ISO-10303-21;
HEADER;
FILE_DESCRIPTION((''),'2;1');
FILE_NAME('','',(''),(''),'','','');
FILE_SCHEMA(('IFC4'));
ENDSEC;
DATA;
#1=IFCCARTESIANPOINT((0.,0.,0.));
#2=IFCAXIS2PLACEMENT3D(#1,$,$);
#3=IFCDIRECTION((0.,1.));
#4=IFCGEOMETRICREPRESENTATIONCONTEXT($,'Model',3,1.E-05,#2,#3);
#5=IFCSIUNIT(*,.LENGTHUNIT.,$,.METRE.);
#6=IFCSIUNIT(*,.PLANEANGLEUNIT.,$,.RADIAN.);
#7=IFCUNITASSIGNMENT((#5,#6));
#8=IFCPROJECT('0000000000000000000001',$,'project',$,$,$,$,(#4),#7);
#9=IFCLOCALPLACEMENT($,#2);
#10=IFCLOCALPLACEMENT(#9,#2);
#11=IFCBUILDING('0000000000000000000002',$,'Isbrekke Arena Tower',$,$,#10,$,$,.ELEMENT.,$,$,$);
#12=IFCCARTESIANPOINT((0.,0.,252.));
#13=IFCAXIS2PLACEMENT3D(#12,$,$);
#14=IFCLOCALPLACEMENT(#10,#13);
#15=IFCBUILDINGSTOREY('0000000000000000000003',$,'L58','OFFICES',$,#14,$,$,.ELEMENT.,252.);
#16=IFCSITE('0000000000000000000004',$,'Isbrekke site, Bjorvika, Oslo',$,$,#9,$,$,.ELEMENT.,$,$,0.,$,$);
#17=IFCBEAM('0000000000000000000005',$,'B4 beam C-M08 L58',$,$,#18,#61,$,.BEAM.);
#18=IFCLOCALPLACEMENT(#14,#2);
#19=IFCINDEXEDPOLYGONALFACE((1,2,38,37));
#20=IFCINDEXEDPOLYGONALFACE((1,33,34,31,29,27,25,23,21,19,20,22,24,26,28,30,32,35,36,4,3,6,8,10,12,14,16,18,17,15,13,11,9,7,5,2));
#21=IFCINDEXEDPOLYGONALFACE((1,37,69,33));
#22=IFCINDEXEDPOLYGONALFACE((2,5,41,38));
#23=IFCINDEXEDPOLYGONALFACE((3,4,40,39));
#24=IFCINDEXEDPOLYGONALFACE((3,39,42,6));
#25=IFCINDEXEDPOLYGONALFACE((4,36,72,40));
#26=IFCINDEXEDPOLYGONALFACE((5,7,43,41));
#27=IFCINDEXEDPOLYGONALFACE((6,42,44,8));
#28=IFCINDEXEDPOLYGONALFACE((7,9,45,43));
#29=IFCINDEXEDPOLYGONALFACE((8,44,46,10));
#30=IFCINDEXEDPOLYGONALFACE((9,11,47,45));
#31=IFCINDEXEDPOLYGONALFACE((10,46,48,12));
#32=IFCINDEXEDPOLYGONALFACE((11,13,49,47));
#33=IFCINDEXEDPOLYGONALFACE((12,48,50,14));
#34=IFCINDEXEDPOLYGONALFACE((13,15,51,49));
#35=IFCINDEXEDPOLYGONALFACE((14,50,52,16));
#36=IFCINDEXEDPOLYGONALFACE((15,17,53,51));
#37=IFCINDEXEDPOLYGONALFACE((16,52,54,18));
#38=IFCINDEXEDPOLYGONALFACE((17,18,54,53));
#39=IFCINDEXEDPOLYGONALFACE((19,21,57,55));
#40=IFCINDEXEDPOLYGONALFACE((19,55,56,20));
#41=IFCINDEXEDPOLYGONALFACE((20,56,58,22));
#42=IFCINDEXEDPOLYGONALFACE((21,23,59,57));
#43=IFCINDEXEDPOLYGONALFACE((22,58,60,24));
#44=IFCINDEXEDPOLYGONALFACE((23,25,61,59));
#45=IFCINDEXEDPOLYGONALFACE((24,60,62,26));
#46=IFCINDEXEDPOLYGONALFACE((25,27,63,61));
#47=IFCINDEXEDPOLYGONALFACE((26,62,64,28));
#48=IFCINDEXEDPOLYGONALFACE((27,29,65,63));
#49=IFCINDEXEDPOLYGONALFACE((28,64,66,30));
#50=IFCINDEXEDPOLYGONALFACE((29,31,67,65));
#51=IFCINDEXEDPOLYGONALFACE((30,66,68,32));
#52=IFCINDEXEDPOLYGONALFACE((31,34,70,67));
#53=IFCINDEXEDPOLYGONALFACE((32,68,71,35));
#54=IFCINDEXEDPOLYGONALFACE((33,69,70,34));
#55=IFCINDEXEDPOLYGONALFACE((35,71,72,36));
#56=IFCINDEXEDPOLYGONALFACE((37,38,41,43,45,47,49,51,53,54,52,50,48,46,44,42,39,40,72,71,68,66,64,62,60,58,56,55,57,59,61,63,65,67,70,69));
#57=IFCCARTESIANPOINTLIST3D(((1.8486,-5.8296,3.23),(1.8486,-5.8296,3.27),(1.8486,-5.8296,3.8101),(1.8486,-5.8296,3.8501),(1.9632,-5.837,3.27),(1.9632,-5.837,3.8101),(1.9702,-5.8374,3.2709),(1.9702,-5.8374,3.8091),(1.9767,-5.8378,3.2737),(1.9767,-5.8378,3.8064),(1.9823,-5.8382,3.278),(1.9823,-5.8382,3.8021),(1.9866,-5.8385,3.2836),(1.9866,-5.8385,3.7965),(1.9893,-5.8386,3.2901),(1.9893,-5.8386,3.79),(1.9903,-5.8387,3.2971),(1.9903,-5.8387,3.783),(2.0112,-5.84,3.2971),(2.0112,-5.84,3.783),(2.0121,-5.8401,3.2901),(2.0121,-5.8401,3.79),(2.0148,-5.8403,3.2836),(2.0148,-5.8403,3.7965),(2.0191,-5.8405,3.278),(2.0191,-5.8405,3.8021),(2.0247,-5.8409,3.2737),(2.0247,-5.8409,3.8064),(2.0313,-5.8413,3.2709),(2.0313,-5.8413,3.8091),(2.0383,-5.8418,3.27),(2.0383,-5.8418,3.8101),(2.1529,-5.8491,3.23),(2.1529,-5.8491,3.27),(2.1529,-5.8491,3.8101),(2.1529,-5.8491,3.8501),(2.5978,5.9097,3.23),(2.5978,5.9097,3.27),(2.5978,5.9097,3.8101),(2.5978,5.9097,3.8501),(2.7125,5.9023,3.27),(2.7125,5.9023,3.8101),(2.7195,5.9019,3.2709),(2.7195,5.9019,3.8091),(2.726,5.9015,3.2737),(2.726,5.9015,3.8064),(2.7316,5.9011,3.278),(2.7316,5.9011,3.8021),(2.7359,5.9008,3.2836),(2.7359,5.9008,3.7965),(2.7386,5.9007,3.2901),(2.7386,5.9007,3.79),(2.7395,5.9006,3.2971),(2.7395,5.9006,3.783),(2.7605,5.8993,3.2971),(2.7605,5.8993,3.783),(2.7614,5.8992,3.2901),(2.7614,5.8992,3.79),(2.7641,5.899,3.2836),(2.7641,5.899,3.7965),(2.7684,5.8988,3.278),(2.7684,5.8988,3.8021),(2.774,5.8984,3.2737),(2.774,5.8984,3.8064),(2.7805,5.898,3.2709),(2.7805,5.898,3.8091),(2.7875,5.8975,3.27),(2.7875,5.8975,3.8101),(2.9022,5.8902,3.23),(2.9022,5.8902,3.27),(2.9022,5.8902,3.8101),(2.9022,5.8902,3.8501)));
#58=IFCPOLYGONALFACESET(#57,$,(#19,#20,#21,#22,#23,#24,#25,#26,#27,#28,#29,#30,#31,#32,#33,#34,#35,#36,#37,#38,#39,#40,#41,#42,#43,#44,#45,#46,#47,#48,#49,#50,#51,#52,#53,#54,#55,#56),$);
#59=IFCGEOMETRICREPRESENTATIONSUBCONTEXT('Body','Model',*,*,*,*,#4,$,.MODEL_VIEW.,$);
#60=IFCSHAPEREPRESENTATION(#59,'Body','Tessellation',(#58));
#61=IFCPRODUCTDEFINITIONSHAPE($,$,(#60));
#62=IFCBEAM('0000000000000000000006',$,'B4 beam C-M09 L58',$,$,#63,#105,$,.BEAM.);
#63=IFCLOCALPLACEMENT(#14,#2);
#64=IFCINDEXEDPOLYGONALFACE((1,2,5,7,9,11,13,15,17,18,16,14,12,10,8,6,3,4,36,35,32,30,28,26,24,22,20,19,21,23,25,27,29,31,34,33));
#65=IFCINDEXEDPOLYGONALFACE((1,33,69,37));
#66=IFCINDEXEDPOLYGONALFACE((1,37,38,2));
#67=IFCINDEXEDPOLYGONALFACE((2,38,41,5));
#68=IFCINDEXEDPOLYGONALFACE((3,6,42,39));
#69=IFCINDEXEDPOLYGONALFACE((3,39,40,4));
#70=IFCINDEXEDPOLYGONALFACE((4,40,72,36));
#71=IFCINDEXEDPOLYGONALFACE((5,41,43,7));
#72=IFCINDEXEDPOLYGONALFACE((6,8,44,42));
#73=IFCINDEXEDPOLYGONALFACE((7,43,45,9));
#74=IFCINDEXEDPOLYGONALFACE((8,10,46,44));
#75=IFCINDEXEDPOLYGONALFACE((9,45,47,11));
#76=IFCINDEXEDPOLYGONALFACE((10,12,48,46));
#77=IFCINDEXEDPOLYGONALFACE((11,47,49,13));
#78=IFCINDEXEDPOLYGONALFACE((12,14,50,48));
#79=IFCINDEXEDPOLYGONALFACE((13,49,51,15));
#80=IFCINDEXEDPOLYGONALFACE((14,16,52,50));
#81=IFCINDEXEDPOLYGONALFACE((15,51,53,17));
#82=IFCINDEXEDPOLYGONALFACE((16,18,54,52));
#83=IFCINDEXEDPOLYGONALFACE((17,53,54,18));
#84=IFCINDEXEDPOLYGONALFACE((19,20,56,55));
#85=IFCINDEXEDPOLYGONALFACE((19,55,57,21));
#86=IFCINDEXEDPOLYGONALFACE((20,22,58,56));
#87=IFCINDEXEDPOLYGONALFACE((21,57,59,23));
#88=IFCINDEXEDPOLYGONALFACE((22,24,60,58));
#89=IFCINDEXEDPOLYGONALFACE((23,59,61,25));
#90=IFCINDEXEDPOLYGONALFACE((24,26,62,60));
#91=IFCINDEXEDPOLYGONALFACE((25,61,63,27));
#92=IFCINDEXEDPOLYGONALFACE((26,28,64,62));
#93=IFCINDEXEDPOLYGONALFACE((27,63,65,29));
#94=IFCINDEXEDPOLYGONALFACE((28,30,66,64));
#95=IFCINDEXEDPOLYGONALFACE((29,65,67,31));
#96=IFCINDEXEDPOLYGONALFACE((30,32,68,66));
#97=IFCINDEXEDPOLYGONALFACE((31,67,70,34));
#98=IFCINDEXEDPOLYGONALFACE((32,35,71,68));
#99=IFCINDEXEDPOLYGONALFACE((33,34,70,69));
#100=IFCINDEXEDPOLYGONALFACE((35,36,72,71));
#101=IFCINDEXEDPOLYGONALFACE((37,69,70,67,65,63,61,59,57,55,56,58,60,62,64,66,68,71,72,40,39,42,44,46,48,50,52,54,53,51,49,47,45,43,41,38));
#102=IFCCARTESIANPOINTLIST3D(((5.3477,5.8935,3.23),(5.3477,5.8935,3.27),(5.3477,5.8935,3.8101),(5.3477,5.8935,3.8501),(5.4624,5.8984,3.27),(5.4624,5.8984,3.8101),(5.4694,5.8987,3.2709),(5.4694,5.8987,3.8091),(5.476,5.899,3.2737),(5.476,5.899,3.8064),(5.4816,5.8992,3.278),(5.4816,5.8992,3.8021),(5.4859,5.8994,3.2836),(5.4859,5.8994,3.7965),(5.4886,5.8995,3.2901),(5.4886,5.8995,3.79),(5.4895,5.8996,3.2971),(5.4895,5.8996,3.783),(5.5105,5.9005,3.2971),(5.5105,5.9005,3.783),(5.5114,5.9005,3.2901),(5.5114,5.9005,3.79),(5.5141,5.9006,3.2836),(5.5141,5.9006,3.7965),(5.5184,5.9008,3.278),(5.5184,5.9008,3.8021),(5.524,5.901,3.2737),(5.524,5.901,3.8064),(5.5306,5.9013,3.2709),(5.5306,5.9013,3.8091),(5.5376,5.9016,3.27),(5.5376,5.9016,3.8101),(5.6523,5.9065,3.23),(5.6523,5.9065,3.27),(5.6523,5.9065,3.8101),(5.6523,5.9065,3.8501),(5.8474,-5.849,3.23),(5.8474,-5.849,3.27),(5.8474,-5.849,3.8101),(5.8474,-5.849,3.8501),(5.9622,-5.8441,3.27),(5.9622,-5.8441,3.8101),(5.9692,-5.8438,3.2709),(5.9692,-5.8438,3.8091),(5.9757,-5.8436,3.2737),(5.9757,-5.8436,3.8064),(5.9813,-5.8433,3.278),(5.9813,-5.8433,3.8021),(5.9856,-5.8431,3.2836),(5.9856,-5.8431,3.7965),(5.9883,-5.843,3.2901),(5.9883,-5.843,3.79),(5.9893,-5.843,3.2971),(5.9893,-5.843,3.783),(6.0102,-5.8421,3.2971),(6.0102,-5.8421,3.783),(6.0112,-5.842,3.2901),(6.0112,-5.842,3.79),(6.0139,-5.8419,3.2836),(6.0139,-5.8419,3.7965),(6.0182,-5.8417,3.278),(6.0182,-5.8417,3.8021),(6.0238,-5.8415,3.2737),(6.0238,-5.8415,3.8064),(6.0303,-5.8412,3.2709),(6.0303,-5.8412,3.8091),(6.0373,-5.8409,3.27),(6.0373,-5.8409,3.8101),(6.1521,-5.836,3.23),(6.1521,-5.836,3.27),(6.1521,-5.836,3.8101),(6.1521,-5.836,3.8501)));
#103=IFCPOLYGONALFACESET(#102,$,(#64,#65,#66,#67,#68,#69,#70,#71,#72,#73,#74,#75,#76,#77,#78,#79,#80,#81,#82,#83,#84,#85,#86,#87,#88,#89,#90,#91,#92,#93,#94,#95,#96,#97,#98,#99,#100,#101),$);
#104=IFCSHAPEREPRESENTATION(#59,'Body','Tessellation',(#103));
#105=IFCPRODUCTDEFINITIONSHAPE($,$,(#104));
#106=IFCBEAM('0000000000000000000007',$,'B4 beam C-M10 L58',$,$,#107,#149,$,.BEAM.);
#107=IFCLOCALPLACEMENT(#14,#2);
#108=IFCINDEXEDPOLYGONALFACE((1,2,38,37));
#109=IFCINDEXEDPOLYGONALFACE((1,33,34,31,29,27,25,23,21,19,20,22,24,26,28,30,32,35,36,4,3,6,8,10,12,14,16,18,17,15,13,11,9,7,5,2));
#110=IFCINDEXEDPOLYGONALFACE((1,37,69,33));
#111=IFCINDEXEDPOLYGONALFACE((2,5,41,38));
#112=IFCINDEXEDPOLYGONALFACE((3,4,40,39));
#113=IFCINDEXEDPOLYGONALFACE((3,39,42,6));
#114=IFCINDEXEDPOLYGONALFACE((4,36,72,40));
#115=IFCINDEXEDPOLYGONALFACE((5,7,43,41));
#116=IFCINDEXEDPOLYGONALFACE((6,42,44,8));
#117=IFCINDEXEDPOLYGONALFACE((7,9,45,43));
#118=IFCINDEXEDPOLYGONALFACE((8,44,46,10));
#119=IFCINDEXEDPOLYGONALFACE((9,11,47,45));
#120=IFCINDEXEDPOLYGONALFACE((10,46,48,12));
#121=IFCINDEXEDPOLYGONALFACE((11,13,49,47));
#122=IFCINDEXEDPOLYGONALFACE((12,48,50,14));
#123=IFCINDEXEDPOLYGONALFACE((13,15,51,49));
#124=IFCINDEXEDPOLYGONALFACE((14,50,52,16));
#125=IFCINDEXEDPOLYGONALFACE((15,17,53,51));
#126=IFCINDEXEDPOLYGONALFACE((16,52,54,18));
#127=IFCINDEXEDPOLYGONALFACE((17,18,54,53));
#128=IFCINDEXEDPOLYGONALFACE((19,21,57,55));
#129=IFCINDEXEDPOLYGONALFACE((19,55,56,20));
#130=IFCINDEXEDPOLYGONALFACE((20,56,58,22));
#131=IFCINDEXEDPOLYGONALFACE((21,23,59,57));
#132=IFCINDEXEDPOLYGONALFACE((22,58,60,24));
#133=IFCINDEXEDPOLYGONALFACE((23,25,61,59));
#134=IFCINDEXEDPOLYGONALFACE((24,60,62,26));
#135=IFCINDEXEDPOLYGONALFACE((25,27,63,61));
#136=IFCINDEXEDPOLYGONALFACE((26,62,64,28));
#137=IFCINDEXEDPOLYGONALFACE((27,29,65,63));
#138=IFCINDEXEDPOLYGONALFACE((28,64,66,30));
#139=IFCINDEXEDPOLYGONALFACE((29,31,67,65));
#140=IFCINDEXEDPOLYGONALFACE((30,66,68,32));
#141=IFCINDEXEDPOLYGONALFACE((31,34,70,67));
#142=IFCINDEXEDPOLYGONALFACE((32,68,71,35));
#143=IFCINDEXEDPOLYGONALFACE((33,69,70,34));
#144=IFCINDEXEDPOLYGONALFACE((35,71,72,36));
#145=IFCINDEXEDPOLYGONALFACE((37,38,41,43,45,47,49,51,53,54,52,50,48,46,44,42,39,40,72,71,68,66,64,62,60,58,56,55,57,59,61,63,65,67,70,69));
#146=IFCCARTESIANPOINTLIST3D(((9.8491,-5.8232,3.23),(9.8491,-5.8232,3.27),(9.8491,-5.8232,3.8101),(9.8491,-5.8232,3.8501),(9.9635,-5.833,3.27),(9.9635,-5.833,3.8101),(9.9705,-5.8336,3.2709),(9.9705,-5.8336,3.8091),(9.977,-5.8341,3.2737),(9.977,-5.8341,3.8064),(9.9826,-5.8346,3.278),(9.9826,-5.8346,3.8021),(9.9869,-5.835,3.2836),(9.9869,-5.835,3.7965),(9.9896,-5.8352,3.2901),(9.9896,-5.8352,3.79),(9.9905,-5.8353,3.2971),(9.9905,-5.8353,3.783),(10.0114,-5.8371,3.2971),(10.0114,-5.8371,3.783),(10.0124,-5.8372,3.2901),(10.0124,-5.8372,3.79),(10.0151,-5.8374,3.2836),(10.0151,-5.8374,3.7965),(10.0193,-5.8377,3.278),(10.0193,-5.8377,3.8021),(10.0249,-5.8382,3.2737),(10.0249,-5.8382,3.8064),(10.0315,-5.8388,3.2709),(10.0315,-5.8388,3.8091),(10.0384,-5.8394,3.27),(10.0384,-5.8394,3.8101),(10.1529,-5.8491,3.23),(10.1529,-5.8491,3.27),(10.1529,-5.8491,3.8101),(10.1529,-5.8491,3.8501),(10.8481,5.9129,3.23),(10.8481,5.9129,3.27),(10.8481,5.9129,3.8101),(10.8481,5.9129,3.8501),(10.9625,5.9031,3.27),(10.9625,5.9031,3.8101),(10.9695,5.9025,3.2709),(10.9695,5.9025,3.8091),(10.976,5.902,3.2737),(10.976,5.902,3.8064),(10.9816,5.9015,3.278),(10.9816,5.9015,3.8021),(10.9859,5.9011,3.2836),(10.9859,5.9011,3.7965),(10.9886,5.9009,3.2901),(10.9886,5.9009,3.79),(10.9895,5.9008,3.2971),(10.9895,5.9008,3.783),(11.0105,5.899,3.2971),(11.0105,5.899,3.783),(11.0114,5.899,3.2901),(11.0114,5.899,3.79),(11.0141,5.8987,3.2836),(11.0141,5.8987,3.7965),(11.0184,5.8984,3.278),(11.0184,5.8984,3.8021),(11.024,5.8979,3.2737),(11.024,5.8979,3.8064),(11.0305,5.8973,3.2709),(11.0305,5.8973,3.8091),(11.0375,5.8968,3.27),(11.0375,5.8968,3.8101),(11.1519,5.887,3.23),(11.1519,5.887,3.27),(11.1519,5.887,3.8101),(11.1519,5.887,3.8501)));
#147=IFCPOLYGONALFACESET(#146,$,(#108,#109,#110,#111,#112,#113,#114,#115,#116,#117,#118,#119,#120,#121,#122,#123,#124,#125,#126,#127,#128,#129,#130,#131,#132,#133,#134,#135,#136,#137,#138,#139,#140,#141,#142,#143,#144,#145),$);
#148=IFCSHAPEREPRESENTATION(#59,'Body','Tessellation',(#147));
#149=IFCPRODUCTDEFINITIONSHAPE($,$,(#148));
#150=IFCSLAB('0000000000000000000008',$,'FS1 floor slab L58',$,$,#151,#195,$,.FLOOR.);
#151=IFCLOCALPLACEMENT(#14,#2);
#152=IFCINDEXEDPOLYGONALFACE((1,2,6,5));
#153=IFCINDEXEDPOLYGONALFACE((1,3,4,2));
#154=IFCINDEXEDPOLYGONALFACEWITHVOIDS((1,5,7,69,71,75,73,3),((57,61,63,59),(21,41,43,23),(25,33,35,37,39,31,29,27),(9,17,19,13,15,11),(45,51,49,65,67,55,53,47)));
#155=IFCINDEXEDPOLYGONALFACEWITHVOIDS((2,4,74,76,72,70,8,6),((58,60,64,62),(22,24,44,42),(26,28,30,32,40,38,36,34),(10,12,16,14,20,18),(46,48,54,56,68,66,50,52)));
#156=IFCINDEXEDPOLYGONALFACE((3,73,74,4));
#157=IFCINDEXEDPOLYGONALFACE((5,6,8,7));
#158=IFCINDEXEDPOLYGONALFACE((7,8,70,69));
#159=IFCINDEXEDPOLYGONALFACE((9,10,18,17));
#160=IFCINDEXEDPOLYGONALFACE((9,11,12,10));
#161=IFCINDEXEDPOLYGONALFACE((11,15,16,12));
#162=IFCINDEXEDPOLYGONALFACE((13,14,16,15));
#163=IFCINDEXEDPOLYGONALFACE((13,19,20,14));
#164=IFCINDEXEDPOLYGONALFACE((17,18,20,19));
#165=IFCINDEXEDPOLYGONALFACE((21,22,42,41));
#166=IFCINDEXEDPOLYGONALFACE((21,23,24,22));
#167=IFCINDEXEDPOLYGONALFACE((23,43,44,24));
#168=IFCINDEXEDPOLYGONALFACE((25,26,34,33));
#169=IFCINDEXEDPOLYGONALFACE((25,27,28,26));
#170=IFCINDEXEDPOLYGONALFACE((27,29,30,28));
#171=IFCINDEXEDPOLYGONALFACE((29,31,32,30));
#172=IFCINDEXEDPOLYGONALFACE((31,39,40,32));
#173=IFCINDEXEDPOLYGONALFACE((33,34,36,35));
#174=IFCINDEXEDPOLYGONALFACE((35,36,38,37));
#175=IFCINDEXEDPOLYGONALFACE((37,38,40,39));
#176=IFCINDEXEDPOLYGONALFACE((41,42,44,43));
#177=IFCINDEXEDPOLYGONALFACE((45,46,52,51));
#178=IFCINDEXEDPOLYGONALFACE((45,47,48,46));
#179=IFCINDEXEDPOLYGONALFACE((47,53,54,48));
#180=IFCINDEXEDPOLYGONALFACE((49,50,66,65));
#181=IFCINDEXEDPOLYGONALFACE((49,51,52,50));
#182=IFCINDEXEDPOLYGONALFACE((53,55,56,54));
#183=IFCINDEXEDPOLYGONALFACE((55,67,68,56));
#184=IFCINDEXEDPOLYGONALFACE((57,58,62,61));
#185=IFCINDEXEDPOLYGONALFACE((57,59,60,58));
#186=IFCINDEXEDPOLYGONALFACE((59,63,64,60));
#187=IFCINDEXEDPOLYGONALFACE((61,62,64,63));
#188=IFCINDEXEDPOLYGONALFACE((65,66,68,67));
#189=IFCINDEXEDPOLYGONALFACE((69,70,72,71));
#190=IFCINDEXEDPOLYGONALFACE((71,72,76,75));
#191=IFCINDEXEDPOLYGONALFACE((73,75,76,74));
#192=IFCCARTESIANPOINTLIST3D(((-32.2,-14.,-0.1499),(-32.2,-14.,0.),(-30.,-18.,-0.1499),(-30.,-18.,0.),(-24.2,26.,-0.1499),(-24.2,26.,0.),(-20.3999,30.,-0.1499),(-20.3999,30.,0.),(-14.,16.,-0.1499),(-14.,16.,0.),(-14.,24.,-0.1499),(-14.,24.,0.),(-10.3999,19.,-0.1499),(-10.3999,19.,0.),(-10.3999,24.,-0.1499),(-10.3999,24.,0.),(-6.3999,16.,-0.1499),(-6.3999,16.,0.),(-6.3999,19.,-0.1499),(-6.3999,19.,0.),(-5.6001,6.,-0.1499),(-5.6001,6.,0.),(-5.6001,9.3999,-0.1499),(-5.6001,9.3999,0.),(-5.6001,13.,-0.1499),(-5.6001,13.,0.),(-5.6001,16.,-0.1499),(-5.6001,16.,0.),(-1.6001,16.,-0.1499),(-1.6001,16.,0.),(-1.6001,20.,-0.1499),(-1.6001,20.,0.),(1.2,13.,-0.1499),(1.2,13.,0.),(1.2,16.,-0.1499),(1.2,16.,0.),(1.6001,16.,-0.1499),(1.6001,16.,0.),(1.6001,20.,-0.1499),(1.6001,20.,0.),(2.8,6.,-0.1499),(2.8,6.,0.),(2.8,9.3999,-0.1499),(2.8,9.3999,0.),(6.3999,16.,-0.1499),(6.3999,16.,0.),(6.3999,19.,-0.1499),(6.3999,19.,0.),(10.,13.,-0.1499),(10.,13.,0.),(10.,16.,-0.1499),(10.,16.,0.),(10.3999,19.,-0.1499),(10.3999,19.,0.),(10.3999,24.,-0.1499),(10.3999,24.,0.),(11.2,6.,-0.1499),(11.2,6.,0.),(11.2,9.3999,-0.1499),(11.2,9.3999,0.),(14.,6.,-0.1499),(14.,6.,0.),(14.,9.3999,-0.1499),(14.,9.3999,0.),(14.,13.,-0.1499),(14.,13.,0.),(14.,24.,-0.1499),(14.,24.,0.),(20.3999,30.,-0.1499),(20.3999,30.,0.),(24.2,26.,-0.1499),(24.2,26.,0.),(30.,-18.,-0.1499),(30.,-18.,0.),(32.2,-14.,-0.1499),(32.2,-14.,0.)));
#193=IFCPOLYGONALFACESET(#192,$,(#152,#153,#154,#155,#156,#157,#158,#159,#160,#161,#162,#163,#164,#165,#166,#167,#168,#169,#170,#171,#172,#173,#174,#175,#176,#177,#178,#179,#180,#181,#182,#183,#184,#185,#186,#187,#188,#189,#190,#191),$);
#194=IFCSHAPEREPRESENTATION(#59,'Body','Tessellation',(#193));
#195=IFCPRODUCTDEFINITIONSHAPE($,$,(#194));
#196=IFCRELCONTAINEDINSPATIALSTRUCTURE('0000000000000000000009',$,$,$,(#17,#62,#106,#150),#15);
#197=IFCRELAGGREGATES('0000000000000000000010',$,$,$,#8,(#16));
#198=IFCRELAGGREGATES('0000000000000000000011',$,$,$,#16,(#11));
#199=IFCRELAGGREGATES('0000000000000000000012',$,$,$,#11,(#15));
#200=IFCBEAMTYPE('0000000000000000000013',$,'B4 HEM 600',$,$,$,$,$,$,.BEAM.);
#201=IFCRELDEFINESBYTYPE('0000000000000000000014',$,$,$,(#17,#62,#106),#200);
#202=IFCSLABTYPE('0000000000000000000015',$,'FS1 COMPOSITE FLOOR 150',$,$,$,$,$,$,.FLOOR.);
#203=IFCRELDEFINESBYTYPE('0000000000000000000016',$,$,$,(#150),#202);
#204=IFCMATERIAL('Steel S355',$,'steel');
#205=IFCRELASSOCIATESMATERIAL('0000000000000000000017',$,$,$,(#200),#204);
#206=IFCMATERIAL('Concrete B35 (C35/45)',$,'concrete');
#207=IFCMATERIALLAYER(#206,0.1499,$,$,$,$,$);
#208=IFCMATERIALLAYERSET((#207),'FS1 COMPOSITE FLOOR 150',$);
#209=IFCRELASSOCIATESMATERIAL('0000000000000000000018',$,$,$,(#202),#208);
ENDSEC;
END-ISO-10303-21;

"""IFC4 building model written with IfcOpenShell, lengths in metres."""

from ifc_helpers import new_model, si_unit, direction, frame, origin, origin_2d, place, context, subcontext, project, spatial, polyline, i_section, outline, extrude, material, layer, layer_set, material_profile, profile_set, type_object, element, save


model = new_model("IFC4")

# Units and contexts
model_context = context("Model", 3, precision=1e-05, world=origin(), true_north=direction((0.0, 1.0)))
body_context = subcontext(model_context, "Body", "Model", "MODEL_VIEW")
ifc_project = project(units=[si_unit("LENGTHUNIT", "METRE"), si_unit("PLANEANGLEUNIT", "RADIAN")], contexts=[model_context])

# Site, building, storey
site_placement = place(None, origin())
site = spatial("IfcSite", under=ifc_project, at=site_placement, Name="Isbrekke site, Bjorvika, Oslo", CompositionType="ELEMENT", RefElevation=0.0)
building_placement = place(site_placement, origin())
building = spatial("IfcBuilding", under=site, at=building_placement, Name="Isbrekke Arena Tower", CompositionType="ELEMENT")
storey_placement = place(building_placement, frame((0.0, 0.0, 252.0)))
storey = spatial("IfcBuildingStorey", under=building, at=storey_placement, Name="L58", Description="OFFICES", CompositionType="ELEMENT", Elevation=252.0)

# Beams
ifc_material_1 = material(Name="Steel S355", Category="steel")
ifc_material_profile = material_profile(ifc_material_1, i_section(OverallWidth=0.3049, OverallDepth=0.6201, WebThickness=0.021, FlangeThickness=0.04, FilletRadius=0.0271, at=origin_2d()), Name="HEM 600")
ifc_profile_set = profile_set([ifc_material_profile], Name="Steel S355")
beam_type = type_object("IfcBeamType", Name="B4 HEM 600", PredefinedType="BEAM", material=ifc_profile_set)
beam_1_placement = place(storey_placement, frame((2.0007, -5.8394, 3.54), z_axis=(0.063696, 0.997969, 0.0), x_axis=(-0.997969, 0.063696, 0.0)))
element("IfcBeam", 1, at=beam_1_placement, inside=storey, type_object=beam_type, Name="B4 beam C-M08 L58", PredefinedType="BEAM", context=body_context, shape_type="SweptSolid", body=[
    extrude(i_section(OverallWidth=0.3049, OverallDepth=0.6201, WebThickness=0.021, FlangeThickness=0.04, FilletRadius=0.0271, at=origin_2d()), origin(), (0.0, 0.0, 1.0), 11.7632),
])
beam_2_placement = place(storey_placement, frame((5.9998, -5.8425, 3.54), z_axis=(-0.042521, 0.999096, 0.0), x_axis=(-0.999096, -0.042521, 0.0)))
element("IfcBeam", 2, at=beam_2_placement, inside=storey, type_object=beam_type, Name="B4 beam C-M09 L58", PredefinedType="BEAM", context=body_context, shape_type="SweptSolid", body=[
    extrude(i_section(OverallWidth=0.3049, OverallDepth=0.6201, WebThickness=0.021, FlangeThickness=0.04, FilletRadius=0.0271, at=origin_2d()), origin(), (0.0, 0.0, 1.0), 11.7532),
])
beam_3_placement = place(storey_placement, frame((10.001, -5.8362, 3.54), z_axis=(0.084817, 0.996397, 0.0), x_axis=(-0.996397, 0.084817, 0.0)))
element("IfcBeam", 3, at=beam_3_placement, inside=storey, type_object=beam_type, Name="B4 beam C-M10 L58", PredefinedType="BEAM", context=body_context, shape_type="SweptSolid", body=[
    extrude(i_section(OverallWidth=0.3049, OverallDepth=0.6201, WebThickness=0.021, FlangeThickness=0.04, FilletRadius=0.0271, at=origin_2d()), origin(), (0.0, 0.0, 1.0), 11.7786),
])

# Slab
ifc_material_2 = material(Name="Concrete B35 (C35/45)", Category="concrete")
ifc_layer_1 = layer(ifc_material_2, 0.1499)
ifc_layer_set_1 = layer_set([ifc_layer_1], Name="FS1 COMPOSITE FLOOR 150")
slab_type_1 = type_object("IfcSlabType", Name="FS1 COMPOSITE FLOOR 150", PredefinedType="FLOOR", material=ifc_layer_set_1)
slab_1_placement = place(storey_placement, frame((0.0, 0.0, -0.1499)))
element("IfcSlab", 4, at=slab_1_placement, inside=storey, type_object=slab_type_1, Name="FS1 floor slab L58", PredefinedType="FLOOR", context=body_context, shape_type="SweptSolid", body=[
    extrude(outline(polyline([(-30.0, -18.0), (30.0, -18.0), (32.2, -14.0), (24.2, 26.0), (20.3999, 30.0), (-20.3999, 30.0), (-24.2, 26.0), (-32.2, -14.0), (-30.0, -18.0)]), holes=[polyline([(2.8, 9.3999), (2.8, 6.0), (-5.6001, 6.0), (-5.6001, 9.3999), (2.8, 9.3999)]), polyline([(11.2, 6.0), (11.2, 9.3999), (14.0, 9.3999), (14.0, 6.0), (11.2, 6.0)]), polyline([(-5.6001, 13.0), (-5.6001, 16.0), (-1.6001, 16.0), (-1.6001, 20.0), (1.6001, 20.0), (1.6001, 16.0), (1.2, 16.0), (1.2, 13.0), (-5.6001, 13.0)]), polyline([(14.0, 13.0), (10.0, 13.0), (10.0, 16.0), (6.3999, 16.0), (6.3999, 19.0), (10.3999, 19.0), (10.3999, 24.0), (14.0, 24.0), (14.0, 13.0)]), polyline([(-6.3999, 19.0), (-6.3999, 16.0), (-14.0, 16.0), (-14.0, 24.0), (-10.3999, 24.0), (-10.3999, 19.0), (-6.3999, 19.0)])]), origin(), (0.0, 0.0, 1.0), 0.1499),
])

save(model, "model.ifc")
